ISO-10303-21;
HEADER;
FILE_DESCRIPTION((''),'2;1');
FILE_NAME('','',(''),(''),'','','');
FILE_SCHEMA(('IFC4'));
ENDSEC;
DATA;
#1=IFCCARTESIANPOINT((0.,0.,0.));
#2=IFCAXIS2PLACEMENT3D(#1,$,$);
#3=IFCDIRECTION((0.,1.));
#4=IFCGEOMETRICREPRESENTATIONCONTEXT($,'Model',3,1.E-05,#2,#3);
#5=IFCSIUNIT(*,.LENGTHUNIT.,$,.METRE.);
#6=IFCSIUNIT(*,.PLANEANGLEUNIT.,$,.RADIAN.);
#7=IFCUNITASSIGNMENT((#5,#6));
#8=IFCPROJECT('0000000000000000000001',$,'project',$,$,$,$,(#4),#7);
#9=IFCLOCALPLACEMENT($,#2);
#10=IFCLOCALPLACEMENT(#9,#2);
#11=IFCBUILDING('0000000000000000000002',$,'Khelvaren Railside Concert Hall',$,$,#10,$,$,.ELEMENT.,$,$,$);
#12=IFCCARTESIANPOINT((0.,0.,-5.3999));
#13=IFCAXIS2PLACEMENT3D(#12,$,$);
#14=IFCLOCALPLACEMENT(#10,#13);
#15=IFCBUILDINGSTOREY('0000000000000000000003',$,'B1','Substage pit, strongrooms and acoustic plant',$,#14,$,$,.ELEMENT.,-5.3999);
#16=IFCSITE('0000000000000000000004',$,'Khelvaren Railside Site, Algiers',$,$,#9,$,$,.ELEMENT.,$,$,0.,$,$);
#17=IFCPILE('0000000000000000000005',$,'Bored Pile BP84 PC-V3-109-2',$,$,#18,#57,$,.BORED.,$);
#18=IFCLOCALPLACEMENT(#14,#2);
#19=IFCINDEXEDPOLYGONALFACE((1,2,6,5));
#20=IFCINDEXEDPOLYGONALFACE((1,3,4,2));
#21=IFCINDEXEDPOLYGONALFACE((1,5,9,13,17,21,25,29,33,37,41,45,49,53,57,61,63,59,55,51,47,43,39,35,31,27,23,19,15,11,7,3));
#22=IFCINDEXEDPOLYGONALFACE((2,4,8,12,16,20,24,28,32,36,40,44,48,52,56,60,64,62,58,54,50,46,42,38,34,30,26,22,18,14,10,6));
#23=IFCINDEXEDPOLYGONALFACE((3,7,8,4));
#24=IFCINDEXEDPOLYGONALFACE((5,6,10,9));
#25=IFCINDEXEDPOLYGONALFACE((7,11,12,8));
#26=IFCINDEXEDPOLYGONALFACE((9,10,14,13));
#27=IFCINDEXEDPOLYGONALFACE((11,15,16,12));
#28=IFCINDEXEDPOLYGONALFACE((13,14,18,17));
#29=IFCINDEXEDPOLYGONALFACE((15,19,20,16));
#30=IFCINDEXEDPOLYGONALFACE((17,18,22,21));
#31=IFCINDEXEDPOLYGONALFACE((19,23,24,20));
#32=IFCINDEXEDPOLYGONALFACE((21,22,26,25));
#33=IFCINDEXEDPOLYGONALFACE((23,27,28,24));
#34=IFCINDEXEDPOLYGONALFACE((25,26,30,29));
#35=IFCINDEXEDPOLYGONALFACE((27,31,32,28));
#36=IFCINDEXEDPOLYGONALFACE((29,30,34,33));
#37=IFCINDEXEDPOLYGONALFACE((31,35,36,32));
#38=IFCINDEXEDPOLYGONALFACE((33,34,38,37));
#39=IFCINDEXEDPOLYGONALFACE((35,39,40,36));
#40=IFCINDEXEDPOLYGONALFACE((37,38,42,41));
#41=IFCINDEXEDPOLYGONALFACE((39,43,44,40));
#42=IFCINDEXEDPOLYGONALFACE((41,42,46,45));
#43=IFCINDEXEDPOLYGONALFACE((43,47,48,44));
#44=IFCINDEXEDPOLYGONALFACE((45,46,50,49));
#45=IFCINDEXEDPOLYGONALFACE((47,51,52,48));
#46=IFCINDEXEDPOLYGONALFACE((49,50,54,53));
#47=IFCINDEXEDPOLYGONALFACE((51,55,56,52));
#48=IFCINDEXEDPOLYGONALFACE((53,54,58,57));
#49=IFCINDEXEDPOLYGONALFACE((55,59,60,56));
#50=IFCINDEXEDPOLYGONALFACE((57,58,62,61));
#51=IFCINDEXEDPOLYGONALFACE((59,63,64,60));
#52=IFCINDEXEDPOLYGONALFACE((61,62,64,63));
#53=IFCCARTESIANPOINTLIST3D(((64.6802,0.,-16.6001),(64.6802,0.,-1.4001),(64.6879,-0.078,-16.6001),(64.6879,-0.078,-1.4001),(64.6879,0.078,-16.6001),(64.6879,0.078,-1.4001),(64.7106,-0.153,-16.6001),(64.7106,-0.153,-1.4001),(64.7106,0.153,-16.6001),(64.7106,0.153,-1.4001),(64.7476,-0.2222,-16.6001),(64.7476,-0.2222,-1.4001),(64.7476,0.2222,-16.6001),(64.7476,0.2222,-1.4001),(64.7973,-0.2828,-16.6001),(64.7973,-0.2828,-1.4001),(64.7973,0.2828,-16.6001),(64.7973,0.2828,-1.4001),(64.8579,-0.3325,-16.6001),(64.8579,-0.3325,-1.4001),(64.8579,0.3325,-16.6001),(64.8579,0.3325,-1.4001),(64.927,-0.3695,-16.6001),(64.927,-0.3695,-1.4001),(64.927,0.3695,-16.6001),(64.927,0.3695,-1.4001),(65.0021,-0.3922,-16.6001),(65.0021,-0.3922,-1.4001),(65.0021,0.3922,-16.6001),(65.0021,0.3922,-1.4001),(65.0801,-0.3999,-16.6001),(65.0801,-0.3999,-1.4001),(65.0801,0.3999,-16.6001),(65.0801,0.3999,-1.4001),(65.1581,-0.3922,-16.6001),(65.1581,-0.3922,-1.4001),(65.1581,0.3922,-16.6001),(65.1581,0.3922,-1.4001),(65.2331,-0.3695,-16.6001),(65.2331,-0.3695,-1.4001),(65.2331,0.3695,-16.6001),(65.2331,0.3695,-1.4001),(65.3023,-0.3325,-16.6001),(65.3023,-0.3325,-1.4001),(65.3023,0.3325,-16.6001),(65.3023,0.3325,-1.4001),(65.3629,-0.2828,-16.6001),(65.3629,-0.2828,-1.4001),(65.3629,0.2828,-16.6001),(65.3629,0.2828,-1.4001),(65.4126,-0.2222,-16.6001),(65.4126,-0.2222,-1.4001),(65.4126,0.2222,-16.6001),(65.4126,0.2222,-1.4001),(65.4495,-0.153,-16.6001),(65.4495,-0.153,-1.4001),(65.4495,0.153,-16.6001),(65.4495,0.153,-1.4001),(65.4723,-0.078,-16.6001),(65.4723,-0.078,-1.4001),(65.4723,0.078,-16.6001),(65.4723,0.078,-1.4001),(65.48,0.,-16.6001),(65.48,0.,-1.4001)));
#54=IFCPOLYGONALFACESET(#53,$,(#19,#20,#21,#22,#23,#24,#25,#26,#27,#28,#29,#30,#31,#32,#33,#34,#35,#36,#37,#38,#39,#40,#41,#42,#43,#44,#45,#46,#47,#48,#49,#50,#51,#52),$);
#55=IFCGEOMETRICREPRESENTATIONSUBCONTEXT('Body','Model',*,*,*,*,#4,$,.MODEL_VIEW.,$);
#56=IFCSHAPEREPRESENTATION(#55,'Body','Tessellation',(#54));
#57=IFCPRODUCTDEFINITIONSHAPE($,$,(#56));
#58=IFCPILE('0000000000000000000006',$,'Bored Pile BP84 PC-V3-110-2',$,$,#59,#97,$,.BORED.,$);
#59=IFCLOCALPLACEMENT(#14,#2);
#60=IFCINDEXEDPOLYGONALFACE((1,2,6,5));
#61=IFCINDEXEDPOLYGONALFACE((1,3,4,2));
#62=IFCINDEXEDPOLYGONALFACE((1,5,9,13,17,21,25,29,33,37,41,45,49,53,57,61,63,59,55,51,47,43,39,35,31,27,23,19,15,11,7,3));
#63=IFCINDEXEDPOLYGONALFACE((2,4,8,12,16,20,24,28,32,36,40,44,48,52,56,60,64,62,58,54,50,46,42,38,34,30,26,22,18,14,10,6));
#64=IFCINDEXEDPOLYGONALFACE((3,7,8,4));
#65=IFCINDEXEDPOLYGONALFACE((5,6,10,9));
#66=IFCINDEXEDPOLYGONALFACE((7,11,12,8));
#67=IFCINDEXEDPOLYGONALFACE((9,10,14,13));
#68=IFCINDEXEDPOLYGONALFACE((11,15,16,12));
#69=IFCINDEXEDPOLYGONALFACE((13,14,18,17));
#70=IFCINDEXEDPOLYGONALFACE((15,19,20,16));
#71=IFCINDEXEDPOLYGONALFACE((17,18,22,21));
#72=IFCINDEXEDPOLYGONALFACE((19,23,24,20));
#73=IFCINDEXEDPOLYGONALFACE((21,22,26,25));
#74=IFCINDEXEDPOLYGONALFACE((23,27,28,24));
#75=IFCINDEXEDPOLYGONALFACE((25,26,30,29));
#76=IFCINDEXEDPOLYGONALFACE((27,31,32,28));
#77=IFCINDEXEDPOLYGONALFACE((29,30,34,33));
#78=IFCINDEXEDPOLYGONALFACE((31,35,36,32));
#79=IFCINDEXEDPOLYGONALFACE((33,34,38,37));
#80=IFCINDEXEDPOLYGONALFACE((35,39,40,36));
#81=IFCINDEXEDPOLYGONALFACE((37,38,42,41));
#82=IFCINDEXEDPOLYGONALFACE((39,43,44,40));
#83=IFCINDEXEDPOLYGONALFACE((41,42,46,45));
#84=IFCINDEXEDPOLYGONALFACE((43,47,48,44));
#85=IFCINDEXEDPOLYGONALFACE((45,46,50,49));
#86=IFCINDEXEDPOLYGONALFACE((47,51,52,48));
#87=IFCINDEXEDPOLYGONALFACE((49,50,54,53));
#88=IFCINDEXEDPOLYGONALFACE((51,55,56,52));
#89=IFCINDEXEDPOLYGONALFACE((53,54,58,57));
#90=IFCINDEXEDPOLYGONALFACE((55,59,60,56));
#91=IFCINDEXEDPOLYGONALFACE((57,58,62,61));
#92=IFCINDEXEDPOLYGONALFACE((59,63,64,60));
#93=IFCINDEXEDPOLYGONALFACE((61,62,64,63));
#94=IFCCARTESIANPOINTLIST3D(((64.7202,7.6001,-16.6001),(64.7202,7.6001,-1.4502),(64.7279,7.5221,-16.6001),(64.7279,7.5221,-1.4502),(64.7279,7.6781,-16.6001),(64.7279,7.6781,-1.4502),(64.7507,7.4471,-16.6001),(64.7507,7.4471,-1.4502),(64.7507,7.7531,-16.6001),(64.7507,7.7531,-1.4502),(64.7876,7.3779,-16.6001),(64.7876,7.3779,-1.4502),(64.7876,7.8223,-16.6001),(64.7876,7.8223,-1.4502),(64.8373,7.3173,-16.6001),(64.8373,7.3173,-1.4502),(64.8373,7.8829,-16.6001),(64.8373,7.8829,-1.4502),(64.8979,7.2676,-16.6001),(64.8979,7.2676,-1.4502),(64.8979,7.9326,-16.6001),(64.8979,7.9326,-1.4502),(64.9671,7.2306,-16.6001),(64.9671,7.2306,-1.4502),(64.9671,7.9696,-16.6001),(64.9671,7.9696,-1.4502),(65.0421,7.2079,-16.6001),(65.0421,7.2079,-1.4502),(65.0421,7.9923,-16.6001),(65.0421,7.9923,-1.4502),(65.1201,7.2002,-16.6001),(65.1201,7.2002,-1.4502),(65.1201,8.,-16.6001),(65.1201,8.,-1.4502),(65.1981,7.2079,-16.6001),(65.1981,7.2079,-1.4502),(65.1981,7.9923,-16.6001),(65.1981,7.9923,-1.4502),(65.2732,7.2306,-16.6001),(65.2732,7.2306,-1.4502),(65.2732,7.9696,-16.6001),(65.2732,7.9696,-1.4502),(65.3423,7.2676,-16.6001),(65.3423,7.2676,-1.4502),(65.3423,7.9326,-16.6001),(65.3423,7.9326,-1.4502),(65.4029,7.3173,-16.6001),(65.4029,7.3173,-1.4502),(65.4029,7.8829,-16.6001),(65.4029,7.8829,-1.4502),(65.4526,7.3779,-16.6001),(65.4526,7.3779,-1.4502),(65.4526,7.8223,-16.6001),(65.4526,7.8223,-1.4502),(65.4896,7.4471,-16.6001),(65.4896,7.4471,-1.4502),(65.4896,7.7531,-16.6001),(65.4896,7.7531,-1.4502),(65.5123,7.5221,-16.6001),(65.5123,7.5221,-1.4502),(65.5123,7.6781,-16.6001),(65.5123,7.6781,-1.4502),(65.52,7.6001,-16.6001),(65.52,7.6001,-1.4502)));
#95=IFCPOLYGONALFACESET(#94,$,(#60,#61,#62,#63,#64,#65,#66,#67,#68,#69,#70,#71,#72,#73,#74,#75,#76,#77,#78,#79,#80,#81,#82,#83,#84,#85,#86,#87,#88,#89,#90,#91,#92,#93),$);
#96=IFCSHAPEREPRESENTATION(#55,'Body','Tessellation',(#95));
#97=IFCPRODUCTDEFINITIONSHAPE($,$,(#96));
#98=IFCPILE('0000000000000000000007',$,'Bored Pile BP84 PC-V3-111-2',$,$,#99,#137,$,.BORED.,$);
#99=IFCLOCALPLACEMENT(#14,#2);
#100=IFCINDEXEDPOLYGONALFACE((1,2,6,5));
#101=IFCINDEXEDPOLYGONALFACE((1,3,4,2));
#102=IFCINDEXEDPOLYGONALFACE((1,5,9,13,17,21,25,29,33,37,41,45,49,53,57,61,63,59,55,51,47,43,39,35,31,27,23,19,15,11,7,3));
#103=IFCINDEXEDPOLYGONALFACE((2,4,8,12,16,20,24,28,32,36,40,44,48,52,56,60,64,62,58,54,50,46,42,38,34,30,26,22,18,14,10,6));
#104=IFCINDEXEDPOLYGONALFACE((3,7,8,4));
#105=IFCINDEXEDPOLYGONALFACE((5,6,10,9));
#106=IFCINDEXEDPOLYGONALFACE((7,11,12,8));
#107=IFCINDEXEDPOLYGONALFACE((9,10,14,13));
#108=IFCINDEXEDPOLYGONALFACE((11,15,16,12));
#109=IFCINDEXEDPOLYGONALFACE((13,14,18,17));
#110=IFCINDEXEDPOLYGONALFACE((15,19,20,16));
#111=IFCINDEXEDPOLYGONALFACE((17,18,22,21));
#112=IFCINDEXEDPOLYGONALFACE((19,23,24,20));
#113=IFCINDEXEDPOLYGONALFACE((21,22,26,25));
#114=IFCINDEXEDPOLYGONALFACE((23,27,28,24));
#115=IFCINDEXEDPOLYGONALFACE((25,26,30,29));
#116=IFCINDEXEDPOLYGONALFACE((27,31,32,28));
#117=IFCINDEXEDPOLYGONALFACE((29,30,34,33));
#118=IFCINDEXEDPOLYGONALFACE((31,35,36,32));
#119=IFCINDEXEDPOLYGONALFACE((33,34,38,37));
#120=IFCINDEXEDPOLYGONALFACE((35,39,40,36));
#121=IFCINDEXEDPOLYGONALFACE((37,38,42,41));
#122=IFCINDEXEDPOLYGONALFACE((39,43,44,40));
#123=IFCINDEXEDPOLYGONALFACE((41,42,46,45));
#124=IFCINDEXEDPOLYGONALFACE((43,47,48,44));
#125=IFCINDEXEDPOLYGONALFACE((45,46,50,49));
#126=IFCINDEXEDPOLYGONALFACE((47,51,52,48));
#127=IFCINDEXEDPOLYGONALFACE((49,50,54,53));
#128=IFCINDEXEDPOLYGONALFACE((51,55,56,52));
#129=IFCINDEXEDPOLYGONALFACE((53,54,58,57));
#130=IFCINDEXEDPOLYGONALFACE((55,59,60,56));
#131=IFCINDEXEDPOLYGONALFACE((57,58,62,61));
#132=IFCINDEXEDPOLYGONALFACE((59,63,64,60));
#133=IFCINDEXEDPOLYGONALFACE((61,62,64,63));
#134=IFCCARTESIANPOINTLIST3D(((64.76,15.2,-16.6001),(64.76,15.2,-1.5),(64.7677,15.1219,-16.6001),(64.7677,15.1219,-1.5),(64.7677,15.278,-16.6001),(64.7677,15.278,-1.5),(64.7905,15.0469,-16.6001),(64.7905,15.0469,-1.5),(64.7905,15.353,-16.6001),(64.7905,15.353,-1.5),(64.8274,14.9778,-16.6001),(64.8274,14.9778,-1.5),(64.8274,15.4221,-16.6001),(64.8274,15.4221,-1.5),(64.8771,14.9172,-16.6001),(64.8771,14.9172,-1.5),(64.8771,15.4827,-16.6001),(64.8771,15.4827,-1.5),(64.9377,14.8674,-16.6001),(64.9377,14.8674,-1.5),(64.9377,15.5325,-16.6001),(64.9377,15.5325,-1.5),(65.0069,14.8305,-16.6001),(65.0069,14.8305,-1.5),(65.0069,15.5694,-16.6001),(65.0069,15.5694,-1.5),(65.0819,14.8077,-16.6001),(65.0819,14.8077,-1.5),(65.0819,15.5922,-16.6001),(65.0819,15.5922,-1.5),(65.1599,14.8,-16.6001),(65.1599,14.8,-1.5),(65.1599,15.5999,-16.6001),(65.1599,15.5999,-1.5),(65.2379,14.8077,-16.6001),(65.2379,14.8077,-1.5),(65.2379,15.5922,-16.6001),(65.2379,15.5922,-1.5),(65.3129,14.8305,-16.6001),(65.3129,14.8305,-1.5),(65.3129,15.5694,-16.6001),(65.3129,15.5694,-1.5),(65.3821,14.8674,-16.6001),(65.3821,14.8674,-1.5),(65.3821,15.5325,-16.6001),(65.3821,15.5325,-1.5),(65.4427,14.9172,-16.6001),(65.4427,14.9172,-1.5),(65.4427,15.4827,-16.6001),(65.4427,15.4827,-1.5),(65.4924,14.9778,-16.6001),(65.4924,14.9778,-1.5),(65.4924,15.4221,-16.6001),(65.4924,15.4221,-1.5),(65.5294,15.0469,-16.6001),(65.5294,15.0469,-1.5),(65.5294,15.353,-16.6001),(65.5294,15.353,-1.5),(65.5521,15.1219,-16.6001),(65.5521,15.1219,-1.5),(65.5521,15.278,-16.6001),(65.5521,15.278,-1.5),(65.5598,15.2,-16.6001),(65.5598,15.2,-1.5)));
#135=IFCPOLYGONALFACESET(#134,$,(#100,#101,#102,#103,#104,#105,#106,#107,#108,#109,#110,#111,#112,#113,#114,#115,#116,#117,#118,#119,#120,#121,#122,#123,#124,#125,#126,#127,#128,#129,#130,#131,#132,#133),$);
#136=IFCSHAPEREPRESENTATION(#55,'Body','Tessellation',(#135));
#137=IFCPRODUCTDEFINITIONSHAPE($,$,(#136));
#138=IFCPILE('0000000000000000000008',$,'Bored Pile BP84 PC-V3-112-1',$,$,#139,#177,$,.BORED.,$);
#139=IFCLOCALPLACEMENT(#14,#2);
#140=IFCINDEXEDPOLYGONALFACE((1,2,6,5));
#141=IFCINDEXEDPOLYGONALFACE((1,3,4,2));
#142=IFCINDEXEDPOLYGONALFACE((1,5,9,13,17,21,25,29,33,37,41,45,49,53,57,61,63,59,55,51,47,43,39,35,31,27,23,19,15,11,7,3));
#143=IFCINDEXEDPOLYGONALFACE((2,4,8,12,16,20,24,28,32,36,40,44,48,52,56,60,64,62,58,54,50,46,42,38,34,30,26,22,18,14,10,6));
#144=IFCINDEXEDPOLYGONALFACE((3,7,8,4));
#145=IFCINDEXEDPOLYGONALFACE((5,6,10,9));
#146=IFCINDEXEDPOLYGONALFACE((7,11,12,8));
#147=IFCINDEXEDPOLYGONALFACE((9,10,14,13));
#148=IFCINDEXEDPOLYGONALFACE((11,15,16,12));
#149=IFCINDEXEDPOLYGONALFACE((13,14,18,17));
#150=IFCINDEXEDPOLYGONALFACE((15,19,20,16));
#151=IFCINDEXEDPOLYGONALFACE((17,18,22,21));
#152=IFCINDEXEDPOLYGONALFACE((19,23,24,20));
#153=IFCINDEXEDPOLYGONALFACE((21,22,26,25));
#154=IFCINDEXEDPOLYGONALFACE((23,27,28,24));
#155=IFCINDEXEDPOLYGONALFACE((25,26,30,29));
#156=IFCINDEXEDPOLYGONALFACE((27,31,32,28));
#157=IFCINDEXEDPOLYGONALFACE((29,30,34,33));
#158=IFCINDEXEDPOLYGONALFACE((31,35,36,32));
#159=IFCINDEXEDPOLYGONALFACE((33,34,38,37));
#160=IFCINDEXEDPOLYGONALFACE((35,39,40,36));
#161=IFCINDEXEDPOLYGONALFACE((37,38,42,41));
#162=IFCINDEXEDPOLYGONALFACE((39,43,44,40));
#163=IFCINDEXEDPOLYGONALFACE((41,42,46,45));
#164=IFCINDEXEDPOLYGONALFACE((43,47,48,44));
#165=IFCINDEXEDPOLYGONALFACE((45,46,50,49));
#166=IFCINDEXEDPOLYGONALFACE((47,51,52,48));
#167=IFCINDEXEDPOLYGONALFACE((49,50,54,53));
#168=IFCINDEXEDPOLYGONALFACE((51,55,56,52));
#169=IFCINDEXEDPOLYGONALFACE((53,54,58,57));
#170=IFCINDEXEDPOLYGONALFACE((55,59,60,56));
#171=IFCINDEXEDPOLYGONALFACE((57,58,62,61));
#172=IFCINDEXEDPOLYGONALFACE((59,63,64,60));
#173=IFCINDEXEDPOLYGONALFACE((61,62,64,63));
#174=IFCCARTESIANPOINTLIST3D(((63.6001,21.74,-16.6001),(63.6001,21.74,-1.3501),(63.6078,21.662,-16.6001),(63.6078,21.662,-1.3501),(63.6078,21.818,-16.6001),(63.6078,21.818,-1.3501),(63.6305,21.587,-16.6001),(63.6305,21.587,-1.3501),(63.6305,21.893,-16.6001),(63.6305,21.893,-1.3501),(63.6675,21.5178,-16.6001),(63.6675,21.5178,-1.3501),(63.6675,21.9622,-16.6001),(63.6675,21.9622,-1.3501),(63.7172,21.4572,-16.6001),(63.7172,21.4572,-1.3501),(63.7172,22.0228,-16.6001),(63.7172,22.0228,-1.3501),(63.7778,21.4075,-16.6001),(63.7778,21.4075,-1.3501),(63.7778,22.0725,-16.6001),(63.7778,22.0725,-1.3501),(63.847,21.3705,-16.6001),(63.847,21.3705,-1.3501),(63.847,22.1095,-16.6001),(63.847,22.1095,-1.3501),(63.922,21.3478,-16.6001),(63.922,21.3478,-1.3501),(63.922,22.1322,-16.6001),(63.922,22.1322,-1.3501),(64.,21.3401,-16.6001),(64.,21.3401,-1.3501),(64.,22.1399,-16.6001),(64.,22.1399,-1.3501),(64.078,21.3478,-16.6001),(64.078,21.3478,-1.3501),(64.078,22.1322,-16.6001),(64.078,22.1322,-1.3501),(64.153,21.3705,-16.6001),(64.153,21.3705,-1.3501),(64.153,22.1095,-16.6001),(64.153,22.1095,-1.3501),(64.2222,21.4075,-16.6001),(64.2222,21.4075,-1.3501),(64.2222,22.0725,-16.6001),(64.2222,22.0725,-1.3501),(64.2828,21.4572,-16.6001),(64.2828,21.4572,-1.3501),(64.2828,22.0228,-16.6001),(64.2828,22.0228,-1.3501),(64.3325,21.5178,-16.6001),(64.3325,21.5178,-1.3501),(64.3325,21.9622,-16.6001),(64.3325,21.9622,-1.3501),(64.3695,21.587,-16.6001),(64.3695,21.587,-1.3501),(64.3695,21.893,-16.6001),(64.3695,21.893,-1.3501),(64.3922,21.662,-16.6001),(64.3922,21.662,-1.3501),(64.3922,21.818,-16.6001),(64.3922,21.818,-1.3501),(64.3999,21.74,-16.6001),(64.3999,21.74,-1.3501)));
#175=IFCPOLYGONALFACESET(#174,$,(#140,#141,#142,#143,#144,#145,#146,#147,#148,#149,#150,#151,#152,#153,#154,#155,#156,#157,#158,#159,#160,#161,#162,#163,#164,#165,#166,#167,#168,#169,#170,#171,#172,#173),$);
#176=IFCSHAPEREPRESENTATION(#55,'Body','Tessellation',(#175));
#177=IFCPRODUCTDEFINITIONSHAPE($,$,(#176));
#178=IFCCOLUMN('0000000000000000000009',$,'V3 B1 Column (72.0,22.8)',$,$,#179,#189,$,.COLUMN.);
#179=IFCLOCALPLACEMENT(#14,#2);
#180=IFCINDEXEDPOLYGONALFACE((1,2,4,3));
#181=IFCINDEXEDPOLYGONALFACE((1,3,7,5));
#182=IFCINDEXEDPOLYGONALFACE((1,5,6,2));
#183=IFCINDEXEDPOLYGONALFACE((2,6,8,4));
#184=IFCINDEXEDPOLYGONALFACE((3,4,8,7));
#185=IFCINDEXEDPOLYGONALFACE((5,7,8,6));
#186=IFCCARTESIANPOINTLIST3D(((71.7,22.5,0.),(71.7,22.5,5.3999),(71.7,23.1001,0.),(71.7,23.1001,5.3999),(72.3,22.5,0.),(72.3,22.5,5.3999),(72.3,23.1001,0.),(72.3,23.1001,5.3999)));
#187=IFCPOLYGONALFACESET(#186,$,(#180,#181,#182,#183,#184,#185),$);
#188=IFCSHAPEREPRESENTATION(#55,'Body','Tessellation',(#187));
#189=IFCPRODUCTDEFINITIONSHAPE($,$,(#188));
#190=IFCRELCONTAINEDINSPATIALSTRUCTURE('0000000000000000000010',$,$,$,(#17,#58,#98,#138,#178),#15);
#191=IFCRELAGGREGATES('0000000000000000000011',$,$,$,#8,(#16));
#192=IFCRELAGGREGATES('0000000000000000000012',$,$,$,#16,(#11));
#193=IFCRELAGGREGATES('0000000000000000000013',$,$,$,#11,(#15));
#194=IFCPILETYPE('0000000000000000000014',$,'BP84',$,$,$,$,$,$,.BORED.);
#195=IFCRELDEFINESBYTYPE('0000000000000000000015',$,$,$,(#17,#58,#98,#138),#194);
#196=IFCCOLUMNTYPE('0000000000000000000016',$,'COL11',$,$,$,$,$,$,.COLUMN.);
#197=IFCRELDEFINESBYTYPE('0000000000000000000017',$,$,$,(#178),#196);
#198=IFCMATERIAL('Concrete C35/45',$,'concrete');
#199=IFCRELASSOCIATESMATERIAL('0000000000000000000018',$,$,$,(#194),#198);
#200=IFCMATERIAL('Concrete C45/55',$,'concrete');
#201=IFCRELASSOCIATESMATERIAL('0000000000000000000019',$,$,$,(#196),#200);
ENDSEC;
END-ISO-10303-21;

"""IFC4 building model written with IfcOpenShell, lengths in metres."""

from ifc_helpers import new_model, si_unit, direction, frame, origin, origin_2d, place, context, subcontext, project, spatial, rectangle, circle, extrude, material, material_profile, profile_set, type_object, element, save


model = new_model("IFC4")

# Units and contexts
model_context = context("Model", 3, precision=1e-05, world=origin(), true_north=direction((0.0, 1.0)))
body_context = subcontext(model_context, "Body", "Model", "MODEL_VIEW")
ifc_project = project(units=[si_unit("LENGTHUNIT", "METRE"), si_unit("PLANEANGLEUNIT", "RADIAN")], contexts=[model_context])

# Site, building, storey
site_placement = place(None, origin())
site = spatial("IfcSite", under=ifc_project, at=site_placement, Name="Khelvaren Railside Site, Algiers", CompositionType="ELEMENT", RefElevation=0.0)
building_placement = place(site_placement, origin())
building = spatial("IfcBuilding", under=site, at=building_placement, Name="Khelvaren Railside Concert Hall", CompositionType="ELEMENT")
storey_placement = place(building_placement, frame((0.0, 0.0, -5.3999)))
storey = spatial("IfcBuildingStorey", under=building, at=storey_placement, Name="B1", Description="Substage pit, strongrooms and acoustic plant", CompositionType="ELEMENT", Elevation=-5.3999)

# Piles
ifc_material_1 = material(Name="Concrete C35/45", Category="concrete")
ifc_material_profile_1 = material_profile(ifc_material_1, circle(Radius=0.3999, at=origin_2d()), Name="BP D800")
ifc_profile_set_1 = profile_set([ifc_material_profile_1], Name="Concrete C35/45")
pile_type_1 = type_object("IfcPileType", Name="BP84", PredefinedType="BORED", material=ifc_profile_set_1)
pile_1_placement = place(storey_placement, frame((65.0801, 0.0, -1.4001), z_axis=(0.0, 0.0, -1.0), x_axis=(1.0, 0.0, 0.0)))
element("IfcPile", 1, at=pile_1_placement, inside=storey, type_object=pile_type_1, Name="Bored Pile BP84 PC-V3-109-2", PredefinedType="BORED", context=body_context, shape_type="SweptSolid", body=[
    extrude(circle(Radius=0.3999, at=origin_2d()), origin(), (0.0, 0.0, 1.0), 15.2),
])
pile_2_placement = place(storey_placement, frame((65.1201, 7.6001, -1.4502), z_axis=(0.0, 0.0, -1.0), x_axis=(1.0, 0.0, 0.0)))
element("IfcPile", 2, at=pile_2_placement, inside=storey, type_object=pile_type_1, Name="Bored Pile BP84 PC-V3-110-2", PredefinedType="BORED", context=body_context, shape_type="SweptSolid", body=[
    extrude(circle(Radius=0.3999, at=origin_2d()), origin(), (0.0, 0.0, 1.0), 15.1499),
])
pile_3_placement = place(storey_placement, frame((65.1599, 15.2, -1.5), z_axis=(0.0, 0.0, -1.0), x_axis=(1.0, 0.0, 0.0)))
element("IfcPile", 3, at=pile_3_placement, inside=storey, type_object=pile_type_1, Name="Bored Pile BP84 PC-V3-111-2", PredefinedType="BORED", context=body_context, shape_type="SweptSolid", body=[
    extrude(circle(Radius=0.3999, at=origin_2d()), origin(), (0.0, 0.0, 1.0), 15.1001),
])
pile_4_placement = place(storey_placement, frame((64.0, 21.74, -1.3501), z_axis=(0.0, 0.0, -1.0), x_axis=(1.0, 0.0, 0.0)))
element("IfcPile", 4, at=pile_4_placement, inside=storey, type_object=pile_type_1, Name="Bored Pile BP84 PC-V3-112-1", PredefinedType="BORED", context=body_context, shape_type="SweptSolid", body=[
    extrude(circle(Radius=0.3999, at=origin_2d()), origin(), (0.0, 0.0, 1.0), 15.25),
])

# Column
ifc_material_2 = material(Name="Concrete C45/55", Category="concrete")
ifc_material_profile_2 = material_profile(ifc_material_2, rectangle(XDim=0.6001, YDim=0.6001, at=origin_2d()), Name="RC 600x600")
ifc_profile_set_2 = profile_set([ifc_material_profile_2], Name="Concrete C45/55")
column_type_1 = type_object("IfcColumnType", Name="COL11", PredefinedType="COLUMN", material=ifc_profile_set_2)
column_1_placement = place(storey_placement, frame((72.0, 22.8, 0.0), z_axis=(0.0, 0.0, 1.0), x_axis=(1.0, 0.0, 0.0)))
element("IfcColumn", 5, at=column_1_placement, inside=storey, type_object=column_type_1, Name="V3 B1 Column (72.0,22.8)", PredefinedType="COLUMN", context=body_context, shape_type="SweptSolid", body=[
    extrude(rectangle(XDim=0.6001, YDim=0.6001, at=origin_2d()), origin(), (0.0, 0.0, 1.0), 5.3999),
])

save(model, "model.ifc")
